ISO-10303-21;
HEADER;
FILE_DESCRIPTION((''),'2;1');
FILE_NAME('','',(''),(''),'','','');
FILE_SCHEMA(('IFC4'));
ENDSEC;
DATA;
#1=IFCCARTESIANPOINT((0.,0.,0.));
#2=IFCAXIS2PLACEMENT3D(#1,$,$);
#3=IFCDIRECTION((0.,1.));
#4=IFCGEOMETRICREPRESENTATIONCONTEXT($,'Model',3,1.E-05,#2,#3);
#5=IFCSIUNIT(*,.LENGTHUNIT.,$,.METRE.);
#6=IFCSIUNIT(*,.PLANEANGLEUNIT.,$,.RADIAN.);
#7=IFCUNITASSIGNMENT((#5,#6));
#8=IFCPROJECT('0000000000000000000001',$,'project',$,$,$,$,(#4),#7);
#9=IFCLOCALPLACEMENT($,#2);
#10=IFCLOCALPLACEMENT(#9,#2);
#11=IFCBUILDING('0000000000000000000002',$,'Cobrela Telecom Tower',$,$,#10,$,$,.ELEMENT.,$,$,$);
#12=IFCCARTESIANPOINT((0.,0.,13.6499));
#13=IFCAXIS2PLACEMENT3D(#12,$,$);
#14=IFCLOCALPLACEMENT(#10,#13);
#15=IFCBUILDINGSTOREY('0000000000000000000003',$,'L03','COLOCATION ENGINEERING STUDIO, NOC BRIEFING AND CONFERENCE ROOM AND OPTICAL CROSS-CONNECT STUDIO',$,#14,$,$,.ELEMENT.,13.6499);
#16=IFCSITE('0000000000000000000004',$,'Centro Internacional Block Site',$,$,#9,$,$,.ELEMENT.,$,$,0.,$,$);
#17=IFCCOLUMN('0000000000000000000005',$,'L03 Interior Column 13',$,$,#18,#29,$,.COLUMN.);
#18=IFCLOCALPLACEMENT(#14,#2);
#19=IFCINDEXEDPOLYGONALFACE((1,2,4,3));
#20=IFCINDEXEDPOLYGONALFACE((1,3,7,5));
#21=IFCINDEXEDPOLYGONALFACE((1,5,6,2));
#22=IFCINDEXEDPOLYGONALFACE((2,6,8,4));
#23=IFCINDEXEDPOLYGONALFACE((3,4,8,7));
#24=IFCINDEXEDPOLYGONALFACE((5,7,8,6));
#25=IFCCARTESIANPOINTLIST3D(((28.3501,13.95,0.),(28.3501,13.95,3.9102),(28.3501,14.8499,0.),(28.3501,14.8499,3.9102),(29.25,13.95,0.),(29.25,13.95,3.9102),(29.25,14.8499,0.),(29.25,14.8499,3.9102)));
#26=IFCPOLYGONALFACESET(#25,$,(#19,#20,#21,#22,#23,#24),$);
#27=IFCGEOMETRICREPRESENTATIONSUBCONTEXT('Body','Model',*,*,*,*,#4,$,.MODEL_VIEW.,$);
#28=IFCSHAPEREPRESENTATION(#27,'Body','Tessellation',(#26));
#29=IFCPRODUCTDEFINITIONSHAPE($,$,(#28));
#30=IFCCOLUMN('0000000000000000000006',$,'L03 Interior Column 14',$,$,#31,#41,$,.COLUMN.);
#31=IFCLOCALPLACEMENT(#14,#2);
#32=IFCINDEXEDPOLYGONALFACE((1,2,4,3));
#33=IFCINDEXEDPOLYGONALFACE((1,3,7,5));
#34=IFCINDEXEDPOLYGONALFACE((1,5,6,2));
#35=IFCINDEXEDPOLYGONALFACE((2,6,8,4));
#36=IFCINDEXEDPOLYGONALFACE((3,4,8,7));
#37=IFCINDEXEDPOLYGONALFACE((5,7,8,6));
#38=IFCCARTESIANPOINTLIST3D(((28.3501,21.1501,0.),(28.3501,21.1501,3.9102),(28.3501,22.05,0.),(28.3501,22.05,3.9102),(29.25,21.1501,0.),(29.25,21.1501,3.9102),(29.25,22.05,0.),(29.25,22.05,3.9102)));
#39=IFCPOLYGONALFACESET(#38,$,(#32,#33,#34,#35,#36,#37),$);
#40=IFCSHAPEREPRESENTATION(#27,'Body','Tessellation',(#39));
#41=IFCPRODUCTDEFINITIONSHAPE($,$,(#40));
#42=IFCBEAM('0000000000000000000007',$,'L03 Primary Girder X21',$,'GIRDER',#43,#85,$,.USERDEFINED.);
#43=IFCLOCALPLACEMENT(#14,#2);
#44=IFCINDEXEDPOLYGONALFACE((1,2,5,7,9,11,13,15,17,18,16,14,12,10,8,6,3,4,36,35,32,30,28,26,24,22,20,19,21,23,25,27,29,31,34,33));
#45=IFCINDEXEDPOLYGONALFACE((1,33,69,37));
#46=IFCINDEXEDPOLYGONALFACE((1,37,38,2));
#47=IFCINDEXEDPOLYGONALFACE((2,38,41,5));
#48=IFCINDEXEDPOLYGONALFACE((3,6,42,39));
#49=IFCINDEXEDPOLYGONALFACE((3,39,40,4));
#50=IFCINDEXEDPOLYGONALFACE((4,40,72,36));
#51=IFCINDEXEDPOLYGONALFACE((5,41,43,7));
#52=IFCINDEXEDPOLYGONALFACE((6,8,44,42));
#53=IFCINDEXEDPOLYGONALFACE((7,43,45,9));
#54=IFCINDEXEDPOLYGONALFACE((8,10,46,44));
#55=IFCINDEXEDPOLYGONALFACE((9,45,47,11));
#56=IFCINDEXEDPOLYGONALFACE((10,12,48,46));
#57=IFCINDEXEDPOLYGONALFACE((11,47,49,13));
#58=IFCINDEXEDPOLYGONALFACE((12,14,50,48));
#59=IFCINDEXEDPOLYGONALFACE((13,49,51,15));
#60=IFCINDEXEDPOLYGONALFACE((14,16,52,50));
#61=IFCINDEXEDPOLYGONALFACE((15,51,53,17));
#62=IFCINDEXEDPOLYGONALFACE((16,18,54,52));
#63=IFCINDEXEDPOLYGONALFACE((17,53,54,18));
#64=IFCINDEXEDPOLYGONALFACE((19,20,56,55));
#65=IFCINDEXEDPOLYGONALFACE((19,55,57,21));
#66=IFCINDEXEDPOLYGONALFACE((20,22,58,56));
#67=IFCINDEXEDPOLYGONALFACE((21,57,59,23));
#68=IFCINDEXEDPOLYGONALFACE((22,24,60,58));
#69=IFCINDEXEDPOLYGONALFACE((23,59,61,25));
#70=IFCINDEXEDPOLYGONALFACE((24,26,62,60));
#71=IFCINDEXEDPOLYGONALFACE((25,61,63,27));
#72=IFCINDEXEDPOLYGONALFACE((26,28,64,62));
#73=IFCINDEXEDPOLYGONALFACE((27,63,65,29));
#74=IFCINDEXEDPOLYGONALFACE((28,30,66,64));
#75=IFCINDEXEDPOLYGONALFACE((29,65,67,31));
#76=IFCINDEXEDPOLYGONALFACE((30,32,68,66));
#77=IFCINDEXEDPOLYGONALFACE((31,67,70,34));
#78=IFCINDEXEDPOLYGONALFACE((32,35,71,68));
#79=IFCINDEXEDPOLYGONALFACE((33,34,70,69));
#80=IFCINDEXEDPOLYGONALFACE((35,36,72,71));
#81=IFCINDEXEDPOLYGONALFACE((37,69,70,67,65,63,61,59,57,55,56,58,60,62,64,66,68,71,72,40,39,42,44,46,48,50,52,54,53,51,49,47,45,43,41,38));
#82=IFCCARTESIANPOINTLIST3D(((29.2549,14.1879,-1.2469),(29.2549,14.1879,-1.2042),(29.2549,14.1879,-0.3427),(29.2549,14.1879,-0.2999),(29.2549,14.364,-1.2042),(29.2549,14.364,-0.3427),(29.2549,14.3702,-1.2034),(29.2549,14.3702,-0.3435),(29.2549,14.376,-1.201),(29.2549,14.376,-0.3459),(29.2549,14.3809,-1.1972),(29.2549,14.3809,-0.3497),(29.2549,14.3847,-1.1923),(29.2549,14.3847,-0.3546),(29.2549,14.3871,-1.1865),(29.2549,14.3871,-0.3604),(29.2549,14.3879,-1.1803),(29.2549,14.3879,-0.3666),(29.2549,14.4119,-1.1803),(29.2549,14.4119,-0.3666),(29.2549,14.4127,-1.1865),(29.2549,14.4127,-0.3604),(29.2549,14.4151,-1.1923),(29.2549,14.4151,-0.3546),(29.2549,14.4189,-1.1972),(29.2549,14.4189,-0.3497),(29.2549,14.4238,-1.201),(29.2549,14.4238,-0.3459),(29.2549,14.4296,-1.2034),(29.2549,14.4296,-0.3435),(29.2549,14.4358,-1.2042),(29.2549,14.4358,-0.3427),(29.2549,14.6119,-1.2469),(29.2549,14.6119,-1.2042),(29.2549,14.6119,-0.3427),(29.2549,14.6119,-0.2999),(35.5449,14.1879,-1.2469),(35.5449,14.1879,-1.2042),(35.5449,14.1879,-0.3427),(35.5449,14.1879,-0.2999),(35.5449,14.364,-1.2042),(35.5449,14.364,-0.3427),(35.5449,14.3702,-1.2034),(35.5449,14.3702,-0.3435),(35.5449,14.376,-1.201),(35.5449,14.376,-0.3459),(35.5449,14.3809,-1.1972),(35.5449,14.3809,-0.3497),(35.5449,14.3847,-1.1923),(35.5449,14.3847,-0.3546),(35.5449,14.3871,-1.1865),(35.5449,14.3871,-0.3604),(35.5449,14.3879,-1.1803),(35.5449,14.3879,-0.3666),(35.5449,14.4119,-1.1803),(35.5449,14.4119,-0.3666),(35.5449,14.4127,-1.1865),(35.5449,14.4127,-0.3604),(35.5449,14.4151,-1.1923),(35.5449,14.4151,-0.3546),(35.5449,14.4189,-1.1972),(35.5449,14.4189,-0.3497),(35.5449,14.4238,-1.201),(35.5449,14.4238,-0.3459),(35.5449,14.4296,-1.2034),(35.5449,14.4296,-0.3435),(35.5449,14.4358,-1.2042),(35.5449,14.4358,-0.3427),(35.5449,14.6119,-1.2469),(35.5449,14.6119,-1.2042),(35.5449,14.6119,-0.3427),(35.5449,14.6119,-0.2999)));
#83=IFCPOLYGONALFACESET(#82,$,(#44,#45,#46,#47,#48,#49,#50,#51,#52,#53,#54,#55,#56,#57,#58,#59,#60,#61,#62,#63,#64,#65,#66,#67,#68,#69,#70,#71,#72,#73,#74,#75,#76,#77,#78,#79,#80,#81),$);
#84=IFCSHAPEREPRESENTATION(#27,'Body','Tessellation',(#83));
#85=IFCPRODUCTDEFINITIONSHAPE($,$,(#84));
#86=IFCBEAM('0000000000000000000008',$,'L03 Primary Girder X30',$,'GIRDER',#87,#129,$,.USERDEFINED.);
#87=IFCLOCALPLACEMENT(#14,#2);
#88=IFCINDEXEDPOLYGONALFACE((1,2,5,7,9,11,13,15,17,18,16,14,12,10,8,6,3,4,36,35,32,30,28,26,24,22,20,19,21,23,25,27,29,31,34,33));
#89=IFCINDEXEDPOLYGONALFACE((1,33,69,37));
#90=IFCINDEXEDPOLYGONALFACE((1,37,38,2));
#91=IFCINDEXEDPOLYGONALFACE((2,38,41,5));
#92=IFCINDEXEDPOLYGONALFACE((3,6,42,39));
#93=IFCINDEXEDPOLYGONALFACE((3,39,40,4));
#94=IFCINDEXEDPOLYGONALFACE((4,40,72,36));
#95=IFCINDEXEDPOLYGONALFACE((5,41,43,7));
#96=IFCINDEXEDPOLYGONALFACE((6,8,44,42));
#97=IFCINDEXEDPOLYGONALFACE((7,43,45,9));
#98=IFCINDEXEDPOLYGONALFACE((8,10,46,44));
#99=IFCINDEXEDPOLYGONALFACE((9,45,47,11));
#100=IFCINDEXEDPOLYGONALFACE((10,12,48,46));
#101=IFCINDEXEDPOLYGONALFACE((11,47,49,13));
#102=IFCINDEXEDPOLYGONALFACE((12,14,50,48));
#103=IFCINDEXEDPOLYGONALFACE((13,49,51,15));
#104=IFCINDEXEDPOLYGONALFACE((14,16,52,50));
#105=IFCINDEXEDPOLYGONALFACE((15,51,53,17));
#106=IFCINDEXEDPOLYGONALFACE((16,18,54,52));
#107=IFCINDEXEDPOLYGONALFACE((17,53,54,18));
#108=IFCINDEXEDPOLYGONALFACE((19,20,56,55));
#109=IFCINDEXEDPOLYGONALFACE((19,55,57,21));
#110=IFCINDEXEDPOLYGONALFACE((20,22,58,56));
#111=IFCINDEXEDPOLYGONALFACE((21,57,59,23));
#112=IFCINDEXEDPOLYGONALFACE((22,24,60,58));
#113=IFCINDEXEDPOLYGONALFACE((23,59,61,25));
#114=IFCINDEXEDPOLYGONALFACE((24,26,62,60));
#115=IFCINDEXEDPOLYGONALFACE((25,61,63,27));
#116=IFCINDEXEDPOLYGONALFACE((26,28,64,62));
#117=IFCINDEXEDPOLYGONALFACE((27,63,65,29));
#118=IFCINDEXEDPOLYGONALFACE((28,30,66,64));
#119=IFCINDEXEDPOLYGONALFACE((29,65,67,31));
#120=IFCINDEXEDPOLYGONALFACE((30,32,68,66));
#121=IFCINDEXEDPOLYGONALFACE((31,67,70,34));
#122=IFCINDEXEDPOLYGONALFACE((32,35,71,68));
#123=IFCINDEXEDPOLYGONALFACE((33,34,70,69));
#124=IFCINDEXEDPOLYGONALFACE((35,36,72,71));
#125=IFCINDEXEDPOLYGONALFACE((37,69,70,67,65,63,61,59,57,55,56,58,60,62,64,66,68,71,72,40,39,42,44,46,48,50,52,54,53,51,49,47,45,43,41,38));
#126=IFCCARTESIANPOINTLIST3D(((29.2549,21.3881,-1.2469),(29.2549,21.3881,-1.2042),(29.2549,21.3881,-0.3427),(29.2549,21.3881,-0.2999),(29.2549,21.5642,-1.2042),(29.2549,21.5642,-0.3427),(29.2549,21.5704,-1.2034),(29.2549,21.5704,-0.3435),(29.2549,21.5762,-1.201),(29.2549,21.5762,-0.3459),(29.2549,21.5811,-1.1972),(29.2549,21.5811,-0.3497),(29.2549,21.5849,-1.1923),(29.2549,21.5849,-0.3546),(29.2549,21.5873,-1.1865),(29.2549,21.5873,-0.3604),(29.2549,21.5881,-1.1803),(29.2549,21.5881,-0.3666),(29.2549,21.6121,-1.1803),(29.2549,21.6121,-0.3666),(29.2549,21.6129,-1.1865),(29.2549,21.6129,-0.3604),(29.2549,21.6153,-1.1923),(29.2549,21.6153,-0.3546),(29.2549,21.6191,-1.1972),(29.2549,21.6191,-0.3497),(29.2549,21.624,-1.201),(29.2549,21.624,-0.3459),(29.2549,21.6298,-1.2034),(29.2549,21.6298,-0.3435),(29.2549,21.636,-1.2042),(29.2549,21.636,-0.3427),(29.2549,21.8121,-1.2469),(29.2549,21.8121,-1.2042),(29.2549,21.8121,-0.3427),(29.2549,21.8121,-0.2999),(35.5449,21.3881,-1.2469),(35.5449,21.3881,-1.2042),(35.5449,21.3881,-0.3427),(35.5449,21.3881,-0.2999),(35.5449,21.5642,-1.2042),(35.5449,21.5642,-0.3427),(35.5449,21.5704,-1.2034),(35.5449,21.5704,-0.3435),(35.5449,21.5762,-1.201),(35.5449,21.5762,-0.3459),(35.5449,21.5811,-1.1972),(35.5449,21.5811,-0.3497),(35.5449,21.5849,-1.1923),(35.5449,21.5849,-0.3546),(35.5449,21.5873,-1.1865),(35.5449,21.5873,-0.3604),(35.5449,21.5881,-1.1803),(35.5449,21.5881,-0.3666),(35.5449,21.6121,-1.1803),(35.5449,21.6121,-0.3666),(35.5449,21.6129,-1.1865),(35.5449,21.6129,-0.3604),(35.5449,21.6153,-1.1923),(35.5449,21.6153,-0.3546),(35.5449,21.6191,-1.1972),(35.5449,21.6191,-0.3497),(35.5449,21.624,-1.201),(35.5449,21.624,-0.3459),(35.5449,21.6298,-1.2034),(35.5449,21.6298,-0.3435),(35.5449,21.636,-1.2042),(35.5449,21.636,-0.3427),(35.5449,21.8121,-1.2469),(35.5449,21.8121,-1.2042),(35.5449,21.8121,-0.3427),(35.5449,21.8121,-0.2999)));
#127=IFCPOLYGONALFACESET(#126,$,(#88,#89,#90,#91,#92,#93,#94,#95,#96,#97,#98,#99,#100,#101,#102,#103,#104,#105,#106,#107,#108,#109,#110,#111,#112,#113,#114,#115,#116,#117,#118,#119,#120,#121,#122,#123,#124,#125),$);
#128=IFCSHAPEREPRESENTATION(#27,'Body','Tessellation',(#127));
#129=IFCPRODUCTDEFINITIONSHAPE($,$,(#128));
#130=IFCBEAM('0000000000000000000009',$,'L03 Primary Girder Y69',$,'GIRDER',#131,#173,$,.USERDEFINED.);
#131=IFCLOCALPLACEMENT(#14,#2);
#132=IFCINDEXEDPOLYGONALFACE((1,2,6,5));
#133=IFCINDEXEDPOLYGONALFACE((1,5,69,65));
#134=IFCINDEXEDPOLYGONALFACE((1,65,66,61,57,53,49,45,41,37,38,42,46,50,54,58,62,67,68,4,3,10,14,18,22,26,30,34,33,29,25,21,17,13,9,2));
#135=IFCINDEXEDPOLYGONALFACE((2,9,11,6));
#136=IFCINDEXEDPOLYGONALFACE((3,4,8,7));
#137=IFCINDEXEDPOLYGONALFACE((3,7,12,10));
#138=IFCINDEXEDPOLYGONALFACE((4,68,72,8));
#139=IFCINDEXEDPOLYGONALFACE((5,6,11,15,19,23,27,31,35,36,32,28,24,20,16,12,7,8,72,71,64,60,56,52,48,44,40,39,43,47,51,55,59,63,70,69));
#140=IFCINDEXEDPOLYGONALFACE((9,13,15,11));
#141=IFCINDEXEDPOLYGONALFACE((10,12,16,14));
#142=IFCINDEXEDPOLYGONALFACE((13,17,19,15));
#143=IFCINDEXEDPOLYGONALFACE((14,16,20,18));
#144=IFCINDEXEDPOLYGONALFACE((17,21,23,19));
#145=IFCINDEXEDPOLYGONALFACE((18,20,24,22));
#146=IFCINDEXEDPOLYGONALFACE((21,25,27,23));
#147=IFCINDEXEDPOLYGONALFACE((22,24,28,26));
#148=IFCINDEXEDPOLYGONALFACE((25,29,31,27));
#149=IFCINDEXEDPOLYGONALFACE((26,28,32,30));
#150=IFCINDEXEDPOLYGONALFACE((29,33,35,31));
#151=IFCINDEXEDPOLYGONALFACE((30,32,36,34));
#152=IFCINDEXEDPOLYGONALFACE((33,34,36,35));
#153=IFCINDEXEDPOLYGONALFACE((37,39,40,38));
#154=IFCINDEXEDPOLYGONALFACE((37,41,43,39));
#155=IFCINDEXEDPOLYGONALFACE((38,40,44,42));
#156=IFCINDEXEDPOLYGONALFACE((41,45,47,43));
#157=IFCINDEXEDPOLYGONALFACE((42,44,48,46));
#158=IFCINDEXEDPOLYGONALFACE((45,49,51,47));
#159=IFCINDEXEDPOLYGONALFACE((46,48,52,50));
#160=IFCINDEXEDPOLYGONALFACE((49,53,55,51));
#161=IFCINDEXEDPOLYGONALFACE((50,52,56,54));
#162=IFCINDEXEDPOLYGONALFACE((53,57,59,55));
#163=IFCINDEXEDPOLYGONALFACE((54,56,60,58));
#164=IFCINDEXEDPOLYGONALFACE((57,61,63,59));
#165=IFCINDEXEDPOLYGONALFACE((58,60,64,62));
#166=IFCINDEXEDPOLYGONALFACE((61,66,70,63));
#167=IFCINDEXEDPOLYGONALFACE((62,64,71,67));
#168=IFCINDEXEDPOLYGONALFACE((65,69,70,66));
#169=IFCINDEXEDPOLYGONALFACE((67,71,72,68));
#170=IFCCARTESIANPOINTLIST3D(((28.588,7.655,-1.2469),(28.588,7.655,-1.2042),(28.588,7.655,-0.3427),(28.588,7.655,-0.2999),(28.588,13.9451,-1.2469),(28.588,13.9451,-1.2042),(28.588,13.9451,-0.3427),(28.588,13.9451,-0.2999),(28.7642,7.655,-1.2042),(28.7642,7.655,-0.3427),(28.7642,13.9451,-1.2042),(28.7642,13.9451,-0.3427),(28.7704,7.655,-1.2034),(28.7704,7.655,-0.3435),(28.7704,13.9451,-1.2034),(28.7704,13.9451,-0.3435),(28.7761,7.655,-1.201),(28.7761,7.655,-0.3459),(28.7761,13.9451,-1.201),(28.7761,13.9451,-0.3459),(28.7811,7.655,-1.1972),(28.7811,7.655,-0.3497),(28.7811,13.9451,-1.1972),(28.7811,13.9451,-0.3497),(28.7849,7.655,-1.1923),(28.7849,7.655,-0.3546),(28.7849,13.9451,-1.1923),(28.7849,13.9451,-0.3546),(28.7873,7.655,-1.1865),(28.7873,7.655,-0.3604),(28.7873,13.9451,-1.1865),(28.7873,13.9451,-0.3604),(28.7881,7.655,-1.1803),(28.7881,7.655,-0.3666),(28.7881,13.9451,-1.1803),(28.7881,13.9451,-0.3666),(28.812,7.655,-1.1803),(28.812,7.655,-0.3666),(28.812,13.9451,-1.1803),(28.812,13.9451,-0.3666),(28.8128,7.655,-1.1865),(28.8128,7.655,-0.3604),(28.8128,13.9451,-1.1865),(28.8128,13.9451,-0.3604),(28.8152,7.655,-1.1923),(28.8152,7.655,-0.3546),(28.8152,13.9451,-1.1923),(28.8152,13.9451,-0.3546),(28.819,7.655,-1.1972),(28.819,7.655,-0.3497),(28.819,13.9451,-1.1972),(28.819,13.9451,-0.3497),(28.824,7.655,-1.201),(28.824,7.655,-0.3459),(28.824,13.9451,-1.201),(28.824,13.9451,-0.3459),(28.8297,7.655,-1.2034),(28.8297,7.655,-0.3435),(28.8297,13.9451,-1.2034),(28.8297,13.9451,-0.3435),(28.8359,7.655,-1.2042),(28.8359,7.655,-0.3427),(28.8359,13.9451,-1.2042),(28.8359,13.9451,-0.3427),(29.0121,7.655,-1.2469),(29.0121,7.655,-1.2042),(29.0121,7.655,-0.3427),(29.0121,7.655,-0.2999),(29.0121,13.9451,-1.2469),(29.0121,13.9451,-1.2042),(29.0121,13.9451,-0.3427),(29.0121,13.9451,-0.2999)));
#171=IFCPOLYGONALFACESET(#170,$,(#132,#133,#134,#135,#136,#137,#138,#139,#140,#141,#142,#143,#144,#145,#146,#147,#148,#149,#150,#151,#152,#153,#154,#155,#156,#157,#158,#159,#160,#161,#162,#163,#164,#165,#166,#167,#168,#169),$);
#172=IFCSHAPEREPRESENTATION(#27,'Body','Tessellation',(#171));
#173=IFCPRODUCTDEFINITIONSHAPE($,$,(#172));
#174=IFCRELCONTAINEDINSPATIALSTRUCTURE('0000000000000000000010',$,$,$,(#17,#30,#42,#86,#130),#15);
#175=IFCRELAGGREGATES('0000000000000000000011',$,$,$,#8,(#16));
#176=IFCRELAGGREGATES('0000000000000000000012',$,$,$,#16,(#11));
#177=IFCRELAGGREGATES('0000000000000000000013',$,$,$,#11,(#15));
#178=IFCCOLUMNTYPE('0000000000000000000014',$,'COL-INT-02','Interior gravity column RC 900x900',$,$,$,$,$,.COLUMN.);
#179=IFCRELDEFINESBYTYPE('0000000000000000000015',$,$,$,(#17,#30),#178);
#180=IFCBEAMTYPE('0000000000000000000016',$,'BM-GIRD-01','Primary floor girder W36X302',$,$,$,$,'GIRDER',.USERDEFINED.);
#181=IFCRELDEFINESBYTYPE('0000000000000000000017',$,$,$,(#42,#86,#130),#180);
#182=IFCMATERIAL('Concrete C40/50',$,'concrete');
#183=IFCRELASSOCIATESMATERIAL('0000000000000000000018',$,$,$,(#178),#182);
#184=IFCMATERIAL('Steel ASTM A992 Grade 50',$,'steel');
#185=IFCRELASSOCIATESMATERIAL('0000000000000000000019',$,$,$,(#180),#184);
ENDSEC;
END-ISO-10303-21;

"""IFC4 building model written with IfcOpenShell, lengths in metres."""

from ifc_helpers import new_model, si_unit, direction, frame, origin, origin_2d, place, context, subcontext, project, spatial, rectangle, i_section, extrude, material, material_profile, profile_set, type_object, element, save


model = new_model("IFC4")

# Units and contexts
model_context = context("Model", 3, precision=1e-05, world=origin(), true_north=direction((0.0, 1.0)))
body_context = subcontext(model_context, "Body", "Model", "MODEL_VIEW")
ifc_project = project(units=[si_unit("LENGTHUNIT", "METRE"), si_unit("PLANEANGLEUNIT", "RADIAN")], contexts=[model_context])

# Site, building, storey
site_placement = place(None, origin())
site = spatial("IfcSite", under=ifc_project, at=site_placement, Name="Centro Internacional Block Site", CompositionType="ELEMENT", RefElevation=0.0)
building_placement = place(site_placement, origin())
building = spatial("IfcBuilding", under=site, at=building_placement, Name="Cobrela Telecom Tower", CompositionType="ELEMENT")
storey_placement = place(building_placement, frame((0.0, 0.0, 13.6499)))
storey = spatial("IfcBuildingStorey", under=building, at=storey_placement, Name="L03", Description="COLOCATION ENGINEERING STUDIO, NOC BRIEFING AND CONFERENCE ROOM AND OPTICAL CROSS-CONNECT STUDIO", CompositionType="ELEMENT", Elevation=13.6499)

# Columns
ifc_material_1 = material(Name="Concrete C40/50", Category="concrete")
ifc_material_profile_1 = material_profile(ifc_material_1, rectangle(XDim=0.8999, YDim=0.8999, at=origin_2d()), Name="RC 900x900")
ifc_profile_set_1 = profile_set([ifc_material_profile_1], Name="Concrete C40/50")
column_type = type_object("IfcColumnType", Name="COL-INT-02", Description="Interior gravity column RC 900x900", PredefinedType="COLUMN", material=ifc_profile_set_1)
for number, where, z_axis, x_axis, name in (
    (1, (28.8, 14.3999, 0.0), (0.0, 0.0, 1.0), (1.0, 0.0, 0.0), "L03 Interior Column 13"),
    (2, (28.8, 21.6001, 0.0), (0.0, 0.0, 1.0), (1.0, 0.0, 0.0), "L03 Interior Column 14"),
):
    element("IfcColumn", number, at=place(storey_placement, frame(where, z_axis=z_axis, x_axis=x_axis)), inside=storey, type_object=column_type, Name=name, PredefinedType="COLUMN", context=body_context, shape_type="SweptSolid", body=[
        extrude(rectangle(XDim=0.8999, YDim=0.8999, at=origin_2d()), origin(), (0.0, 0.0, 1.0), 3.9102),
    ])

# Beams
ifc_material_2 = material(Name="Steel ASTM A992 Grade 50", Category="steel")
ifc_material_profile_2 = material_profile(ifc_material_2, i_section(OverallWidth=0.4241, OverallDepth=0.947, WebThickness=0.0239, FlangeThickness=0.0427, FilletRadius=0.0239, at=origin_2d()), Name="W36X302")
ifc_profile_set_2 = profile_set([ifc_material_profile_2], Name="Steel ASTM A992 Grade 50")
beam_type_1 = type_object("IfcBeamType", Name="BM-GIRD-01", Description="Primary floor girder W36X302", ElementType="GIRDER", PredefinedType="USERDEFINED", material=ifc_profile_set_2)
for number, where, z_axis, x_axis, name in (
    (3, (29.2549, 14.3999, -0.7734), (1.0, 0.0, 0.0), (0.0, 1.0, 0.0), "L03 Primary Girder X21"),
    (4, (29.2549, 21.6001, -0.7734), (1.0, 0.0, 0.0), (0.0, 1.0, 0.0), "L03 Primary Girder X30"),
    (5, (28.8, 7.655, -0.7734), (0.0, 1.0, 0.0), (-1.0, 0.0, 0.0), "L03 Primary Girder Y69"),
):
    element("IfcBeam", number, at=place(storey_placement, frame(where, z_axis=z_axis, x_axis=x_axis)), inside=storey, type_object=beam_type_1, Name=name, ObjectType="GIRDER", PredefinedType="USERDEFINED", context=body_context, shape_type="SweptSolid", body=[
        extrude(i_section(OverallWidth=0.4241, OverallDepth=0.947, WebThickness=0.0239, FlangeThickness=0.0427, FilletRadius=0.0239, at=origin_2d()), origin(), (0.0, 0.0, 1.0), 6.29),
    ])

save(model, "model.ifc")
